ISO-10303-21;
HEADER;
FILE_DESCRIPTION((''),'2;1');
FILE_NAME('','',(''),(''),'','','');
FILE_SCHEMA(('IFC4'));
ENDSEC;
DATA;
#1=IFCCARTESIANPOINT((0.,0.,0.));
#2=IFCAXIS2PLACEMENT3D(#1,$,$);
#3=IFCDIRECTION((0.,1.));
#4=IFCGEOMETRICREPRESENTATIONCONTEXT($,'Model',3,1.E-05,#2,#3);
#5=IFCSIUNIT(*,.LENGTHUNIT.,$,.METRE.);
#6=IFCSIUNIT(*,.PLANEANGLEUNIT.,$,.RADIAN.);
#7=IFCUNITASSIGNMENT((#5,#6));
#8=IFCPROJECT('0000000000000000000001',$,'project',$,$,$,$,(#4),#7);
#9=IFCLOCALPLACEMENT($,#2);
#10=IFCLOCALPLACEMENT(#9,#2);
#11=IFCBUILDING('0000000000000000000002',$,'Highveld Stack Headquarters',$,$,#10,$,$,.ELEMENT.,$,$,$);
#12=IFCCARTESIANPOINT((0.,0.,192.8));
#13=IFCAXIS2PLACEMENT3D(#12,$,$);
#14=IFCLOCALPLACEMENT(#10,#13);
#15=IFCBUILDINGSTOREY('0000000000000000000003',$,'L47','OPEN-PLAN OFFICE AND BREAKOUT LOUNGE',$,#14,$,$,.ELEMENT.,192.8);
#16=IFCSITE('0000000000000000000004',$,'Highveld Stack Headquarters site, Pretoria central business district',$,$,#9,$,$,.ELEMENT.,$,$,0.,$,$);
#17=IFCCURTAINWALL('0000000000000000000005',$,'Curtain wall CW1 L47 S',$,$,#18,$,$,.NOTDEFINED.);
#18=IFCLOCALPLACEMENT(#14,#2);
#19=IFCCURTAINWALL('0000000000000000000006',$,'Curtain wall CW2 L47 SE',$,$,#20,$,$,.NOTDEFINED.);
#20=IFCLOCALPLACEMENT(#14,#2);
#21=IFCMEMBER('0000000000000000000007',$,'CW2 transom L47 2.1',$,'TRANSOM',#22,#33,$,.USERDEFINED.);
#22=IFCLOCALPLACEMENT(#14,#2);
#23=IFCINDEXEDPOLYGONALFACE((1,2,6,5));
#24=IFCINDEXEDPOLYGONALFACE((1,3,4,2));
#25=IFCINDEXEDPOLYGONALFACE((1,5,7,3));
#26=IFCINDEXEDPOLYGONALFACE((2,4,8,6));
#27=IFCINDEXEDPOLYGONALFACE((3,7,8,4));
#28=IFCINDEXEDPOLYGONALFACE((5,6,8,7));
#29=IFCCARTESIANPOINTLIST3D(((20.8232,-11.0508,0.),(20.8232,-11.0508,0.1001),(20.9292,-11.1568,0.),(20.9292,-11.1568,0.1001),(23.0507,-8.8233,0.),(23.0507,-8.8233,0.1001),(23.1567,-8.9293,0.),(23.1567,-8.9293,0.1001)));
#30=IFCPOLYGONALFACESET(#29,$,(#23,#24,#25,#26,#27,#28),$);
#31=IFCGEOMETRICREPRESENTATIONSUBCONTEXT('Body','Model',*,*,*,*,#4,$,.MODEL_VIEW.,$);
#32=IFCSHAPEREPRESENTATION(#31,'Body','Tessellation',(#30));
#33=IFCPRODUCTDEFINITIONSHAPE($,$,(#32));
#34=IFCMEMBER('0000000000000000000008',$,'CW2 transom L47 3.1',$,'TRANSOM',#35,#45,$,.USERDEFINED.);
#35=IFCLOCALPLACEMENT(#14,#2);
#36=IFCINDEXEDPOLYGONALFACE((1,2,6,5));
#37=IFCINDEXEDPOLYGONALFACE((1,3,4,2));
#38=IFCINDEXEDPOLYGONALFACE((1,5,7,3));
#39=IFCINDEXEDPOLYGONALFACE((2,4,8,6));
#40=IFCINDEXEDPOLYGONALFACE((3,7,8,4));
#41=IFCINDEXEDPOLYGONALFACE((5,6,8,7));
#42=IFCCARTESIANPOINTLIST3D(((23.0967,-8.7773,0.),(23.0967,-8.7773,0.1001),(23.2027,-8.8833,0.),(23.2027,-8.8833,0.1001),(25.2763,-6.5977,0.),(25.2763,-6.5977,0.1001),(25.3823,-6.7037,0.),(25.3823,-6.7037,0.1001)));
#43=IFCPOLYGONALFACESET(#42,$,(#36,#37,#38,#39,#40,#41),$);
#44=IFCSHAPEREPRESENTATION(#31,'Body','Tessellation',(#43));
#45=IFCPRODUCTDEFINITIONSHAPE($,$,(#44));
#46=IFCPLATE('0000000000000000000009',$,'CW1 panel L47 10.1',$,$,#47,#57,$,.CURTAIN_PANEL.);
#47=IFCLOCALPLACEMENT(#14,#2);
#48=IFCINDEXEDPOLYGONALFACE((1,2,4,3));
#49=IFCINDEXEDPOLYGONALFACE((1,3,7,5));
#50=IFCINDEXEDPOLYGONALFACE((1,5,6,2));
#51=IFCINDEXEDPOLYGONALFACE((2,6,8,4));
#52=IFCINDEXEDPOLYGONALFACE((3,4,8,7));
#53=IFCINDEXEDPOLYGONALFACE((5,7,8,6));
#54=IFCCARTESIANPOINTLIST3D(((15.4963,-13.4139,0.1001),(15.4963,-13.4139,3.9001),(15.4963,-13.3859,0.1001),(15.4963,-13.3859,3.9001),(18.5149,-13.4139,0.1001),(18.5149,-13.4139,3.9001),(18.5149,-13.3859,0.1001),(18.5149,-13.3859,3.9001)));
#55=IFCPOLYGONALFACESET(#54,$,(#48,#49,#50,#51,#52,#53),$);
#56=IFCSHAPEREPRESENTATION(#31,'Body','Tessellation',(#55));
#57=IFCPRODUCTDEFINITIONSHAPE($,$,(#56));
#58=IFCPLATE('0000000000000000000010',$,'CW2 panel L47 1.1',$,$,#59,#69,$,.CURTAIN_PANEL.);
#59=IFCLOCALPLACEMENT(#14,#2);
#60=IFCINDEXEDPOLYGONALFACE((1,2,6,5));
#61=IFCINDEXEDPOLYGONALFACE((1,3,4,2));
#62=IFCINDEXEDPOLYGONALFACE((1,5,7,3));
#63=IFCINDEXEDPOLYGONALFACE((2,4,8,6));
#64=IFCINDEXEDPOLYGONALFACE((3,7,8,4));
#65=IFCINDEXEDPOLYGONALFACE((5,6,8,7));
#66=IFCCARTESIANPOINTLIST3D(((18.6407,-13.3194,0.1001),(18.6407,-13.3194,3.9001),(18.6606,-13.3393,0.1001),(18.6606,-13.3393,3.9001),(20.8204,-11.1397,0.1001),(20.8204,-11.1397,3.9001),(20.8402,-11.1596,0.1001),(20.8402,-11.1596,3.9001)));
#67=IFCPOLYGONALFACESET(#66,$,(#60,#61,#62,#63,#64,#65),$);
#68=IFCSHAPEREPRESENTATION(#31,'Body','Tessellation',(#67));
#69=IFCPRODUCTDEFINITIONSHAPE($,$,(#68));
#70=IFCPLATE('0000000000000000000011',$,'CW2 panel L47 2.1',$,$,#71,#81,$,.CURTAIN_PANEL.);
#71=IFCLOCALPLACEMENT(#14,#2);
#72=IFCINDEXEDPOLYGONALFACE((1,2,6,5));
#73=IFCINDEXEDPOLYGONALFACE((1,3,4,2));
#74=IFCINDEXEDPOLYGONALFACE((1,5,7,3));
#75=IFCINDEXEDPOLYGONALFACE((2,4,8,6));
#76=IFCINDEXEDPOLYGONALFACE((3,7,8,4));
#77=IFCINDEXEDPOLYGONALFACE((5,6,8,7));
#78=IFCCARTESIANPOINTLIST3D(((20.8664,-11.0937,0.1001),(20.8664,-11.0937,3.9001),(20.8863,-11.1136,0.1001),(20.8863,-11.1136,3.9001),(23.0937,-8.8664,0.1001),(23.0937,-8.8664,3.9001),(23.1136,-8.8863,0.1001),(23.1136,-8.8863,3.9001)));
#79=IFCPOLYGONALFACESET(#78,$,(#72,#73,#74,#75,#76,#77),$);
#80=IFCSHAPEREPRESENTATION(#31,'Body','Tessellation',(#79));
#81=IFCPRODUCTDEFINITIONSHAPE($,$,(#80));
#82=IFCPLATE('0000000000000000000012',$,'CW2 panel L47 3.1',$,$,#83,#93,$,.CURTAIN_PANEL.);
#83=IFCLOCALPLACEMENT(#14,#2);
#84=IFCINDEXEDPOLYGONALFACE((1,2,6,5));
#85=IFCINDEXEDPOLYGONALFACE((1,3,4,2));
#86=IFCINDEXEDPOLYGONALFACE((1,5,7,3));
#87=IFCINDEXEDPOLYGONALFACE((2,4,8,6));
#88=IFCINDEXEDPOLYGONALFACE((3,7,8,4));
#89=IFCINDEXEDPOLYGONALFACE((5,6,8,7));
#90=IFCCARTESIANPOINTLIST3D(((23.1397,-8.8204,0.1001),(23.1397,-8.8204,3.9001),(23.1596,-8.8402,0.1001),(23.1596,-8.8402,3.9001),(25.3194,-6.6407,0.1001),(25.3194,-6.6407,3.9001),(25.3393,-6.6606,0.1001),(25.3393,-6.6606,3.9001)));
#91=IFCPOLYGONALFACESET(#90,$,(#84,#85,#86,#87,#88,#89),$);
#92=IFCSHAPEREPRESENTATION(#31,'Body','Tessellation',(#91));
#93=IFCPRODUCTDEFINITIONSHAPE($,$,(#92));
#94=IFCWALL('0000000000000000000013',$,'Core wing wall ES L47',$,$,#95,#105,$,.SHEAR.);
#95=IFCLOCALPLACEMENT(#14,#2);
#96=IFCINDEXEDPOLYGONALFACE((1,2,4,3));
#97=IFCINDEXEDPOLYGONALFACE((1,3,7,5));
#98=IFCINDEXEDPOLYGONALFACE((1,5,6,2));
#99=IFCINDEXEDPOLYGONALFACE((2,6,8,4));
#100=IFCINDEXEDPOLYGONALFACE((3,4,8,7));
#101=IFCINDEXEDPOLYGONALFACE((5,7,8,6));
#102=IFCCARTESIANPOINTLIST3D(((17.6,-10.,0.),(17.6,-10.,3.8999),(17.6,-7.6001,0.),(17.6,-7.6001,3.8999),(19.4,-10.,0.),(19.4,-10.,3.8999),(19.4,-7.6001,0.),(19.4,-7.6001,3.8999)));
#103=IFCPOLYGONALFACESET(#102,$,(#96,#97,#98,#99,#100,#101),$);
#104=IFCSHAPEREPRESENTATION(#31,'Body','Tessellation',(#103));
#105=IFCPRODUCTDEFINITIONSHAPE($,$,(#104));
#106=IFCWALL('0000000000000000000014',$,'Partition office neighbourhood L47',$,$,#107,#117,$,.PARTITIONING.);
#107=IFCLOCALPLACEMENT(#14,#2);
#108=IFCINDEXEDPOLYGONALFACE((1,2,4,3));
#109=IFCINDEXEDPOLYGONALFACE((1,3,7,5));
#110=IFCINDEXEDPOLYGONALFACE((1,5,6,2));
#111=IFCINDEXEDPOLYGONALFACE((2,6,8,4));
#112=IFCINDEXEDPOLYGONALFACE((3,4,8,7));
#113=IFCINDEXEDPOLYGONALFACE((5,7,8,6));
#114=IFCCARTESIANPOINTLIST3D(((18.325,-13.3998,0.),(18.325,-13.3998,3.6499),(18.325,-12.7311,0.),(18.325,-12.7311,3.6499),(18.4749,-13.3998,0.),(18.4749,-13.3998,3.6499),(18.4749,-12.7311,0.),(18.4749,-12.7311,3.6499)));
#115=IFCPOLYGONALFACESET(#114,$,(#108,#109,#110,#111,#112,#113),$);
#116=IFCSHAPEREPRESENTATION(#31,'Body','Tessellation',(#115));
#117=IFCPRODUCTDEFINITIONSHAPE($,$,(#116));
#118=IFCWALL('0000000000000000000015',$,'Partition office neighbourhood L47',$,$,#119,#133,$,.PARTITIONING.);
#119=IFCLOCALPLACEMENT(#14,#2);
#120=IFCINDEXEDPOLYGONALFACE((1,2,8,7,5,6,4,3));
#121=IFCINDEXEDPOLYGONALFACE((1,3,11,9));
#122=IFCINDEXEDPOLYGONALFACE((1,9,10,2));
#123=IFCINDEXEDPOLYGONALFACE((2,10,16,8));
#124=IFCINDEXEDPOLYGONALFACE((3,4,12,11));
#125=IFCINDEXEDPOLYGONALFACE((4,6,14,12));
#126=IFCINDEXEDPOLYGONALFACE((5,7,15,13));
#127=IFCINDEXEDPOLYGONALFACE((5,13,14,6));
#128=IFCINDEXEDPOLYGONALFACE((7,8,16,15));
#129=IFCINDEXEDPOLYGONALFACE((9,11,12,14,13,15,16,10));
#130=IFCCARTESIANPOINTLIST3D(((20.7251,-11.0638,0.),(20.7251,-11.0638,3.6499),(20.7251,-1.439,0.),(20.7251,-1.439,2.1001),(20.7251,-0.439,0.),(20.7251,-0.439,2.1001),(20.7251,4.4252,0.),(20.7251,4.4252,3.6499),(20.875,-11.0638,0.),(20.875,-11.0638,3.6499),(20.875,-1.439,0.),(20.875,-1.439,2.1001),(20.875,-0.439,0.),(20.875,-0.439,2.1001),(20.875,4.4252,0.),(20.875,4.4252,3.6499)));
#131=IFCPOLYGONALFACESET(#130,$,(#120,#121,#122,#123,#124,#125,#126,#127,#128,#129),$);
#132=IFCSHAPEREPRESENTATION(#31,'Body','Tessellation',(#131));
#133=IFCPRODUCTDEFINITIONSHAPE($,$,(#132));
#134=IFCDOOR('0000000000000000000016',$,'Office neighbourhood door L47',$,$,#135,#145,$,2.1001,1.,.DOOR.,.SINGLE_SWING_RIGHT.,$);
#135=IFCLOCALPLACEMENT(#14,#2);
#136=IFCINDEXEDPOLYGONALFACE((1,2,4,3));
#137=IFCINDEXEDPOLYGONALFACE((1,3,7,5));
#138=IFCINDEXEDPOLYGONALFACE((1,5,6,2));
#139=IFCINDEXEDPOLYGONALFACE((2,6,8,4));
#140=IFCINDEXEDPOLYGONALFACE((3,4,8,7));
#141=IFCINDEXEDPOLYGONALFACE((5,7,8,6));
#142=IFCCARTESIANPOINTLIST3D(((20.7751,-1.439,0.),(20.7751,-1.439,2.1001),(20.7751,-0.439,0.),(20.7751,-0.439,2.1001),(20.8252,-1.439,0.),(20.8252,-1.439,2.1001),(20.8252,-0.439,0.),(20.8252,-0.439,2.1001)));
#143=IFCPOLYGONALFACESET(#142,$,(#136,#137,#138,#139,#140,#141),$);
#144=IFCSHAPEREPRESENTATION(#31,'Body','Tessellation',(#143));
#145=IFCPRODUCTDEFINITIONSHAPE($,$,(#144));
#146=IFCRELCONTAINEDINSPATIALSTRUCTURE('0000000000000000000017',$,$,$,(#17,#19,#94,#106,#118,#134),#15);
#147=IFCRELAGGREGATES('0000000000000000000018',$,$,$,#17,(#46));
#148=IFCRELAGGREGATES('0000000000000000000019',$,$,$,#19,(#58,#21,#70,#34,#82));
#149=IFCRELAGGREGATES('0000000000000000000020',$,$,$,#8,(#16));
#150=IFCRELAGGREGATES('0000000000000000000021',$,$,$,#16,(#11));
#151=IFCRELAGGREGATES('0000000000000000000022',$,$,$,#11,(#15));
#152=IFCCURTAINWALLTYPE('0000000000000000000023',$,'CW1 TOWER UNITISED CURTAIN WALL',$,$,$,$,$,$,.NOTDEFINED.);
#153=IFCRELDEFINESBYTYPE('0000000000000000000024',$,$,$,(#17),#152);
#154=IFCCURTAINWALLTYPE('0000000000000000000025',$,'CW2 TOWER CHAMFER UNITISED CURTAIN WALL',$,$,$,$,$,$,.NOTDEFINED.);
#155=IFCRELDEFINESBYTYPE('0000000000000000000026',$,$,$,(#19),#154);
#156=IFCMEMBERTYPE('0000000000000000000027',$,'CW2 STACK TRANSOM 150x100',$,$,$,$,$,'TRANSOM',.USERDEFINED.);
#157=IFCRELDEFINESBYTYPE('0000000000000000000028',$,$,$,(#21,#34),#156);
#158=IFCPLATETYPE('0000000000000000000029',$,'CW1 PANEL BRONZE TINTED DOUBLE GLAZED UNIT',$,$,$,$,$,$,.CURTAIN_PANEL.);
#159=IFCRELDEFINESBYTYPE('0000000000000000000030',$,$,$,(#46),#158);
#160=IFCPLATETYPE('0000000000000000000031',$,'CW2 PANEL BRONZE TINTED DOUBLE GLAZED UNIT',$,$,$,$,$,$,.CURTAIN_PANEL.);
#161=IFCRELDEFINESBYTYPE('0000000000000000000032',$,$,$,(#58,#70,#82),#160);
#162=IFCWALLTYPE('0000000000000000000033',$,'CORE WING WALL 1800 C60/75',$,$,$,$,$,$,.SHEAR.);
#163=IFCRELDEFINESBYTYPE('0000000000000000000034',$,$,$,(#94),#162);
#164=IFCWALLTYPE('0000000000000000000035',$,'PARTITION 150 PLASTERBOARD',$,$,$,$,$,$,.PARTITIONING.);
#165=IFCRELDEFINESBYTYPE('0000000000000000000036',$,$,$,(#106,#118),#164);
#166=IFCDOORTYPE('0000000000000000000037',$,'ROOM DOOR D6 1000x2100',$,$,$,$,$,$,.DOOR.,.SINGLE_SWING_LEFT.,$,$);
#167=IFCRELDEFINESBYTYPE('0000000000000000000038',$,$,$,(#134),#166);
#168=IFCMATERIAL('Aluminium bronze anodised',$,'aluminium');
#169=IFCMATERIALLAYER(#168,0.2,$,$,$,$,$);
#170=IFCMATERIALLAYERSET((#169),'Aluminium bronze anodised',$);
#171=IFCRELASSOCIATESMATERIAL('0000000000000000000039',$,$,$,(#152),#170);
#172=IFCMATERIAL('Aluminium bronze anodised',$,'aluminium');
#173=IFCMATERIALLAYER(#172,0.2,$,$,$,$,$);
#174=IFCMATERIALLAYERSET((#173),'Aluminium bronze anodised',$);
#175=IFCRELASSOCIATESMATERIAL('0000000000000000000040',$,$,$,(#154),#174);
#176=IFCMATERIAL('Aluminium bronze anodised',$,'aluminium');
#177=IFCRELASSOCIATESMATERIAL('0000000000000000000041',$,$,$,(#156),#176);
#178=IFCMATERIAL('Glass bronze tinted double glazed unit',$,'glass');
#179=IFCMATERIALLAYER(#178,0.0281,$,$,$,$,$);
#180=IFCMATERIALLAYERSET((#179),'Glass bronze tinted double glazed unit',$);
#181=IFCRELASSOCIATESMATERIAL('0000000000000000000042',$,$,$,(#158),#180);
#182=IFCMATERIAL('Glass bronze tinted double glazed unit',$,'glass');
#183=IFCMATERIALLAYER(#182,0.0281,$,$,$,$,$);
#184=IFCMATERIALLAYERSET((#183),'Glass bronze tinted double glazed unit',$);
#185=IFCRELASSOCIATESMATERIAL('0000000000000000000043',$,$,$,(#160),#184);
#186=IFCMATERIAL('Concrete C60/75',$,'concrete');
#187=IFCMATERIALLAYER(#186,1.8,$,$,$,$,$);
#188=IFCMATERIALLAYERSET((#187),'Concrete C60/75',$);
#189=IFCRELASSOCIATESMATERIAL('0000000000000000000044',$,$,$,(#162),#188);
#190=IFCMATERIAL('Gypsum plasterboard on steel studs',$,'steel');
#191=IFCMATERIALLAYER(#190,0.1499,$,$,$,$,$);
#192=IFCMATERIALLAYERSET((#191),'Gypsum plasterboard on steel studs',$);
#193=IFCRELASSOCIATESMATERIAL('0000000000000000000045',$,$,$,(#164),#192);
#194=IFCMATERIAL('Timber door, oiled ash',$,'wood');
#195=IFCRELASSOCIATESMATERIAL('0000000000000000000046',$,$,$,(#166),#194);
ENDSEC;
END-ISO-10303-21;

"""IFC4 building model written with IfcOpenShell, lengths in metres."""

from ifc_helpers import new_model, si_unit, direction, frame, frame_2d, origin, origin_2d, place, context, subcontext, project, spatial, rectangle, extrude, material, layer, layer_set, material_profile, profile_set, type_object, element, fill, aggregate, save


model = new_model("IFC4")

# Units and contexts
model_context = context("Model", 3, precision=1e-05, world=origin(), true_north=direction((0.0, 1.0)))
body_context = subcontext(model_context, "Body", "Model", "MODEL_VIEW")
ifc_project = project(units=[si_unit("LENGTHUNIT", "METRE"), si_unit("PLANEANGLEUNIT", "RADIAN")], contexts=[model_context])

# Site, building, storey
site_placement = place(None, origin())
site = spatial("IfcSite", under=ifc_project, at=site_placement, Name="Highveld Stack Headquarters site, Pretoria central business district", CompositionType="ELEMENT", RefElevation=0.0)
building_placement = place(site_placement, origin())
building = spatial("IfcBuilding", under=site, at=building_placement, Name="Highveld Stack Headquarters", CompositionType="ELEMENT")
storey_placement = place(building_placement, frame((0.0, 0.0, 192.8)))
storey = spatial("IfcBuildingStorey", under=building, at=storey_placement, Name="L47", Description="OPEN-PLAN OFFICE AND BREAKOUT LOUNGE", CompositionType="ELEMENT", Elevation=192.8)

# Curtain wall
ifc_material_1 = material(Name="Aluminium bronze anodised", Category="aluminium")
ifc_layer_1 = layer(ifc_material_1, 0.2)
ifc_layer_set_1 = layer_set([ifc_layer_1], Name="Aluminium bronze anodised")
curtain_wall_type_1 = type_object("IfcCurtainWallType", Name="CW1 TOWER UNITISED CURTAIN WALL", PredefinedType="NOTDEFINED", material=ifc_layer_set_1)
curtain_wall_1_placement = place(storey_placement, origin())
curtain_wall_1 = element("IfcCurtainWall", 1, at=curtain_wall_1_placement, inside=storey, type_object=curtain_wall_type_1, Name="Curtain wall CW1 L47 S", PredefinedType="NOTDEFINED")

# Curtain wall, members
ifc_material_2 = material(Name="Aluminium bronze anodised", Category="aluminium")
ifc_layer_2 = layer(ifc_material_2, 0.2)
ifc_layer_set_2 = layer_set([ifc_layer_2], Name="Aluminium bronze anodised")
curtain_wall_type_2 = type_object("IfcCurtainWallType", Name="CW2 TOWER CHAMFER UNITISED CURTAIN WALL", PredefinedType="NOTDEFINED", material=ifc_layer_set_2)
curtain_wall_2_placement = place(storey_placement, origin())
curtain_wall_2 = element("IfcCurtainWall", 2, at=curtain_wall_2_placement, inside=storey, type_object=curtain_wall_type_2, Name="Curtain wall CW2 L47 SE", PredefinedType="NOTDEFINED")
ifc_material_3 = material(Name="Aluminium bronze anodised", Category="aluminium")
ifc_material_profile_1 = material_profile(ifc_material_3, rectangle(XDim=0.1499, YDim=0.1001, at=origin_2d()), Name="CW2 TRANSOM 150x100")
ifc_profile_set_1 = profile_set([ifc_material_profile_1], Name="Aluminium bronze anodised")
member_type_1 = type_object("IfcMemberType", Name="CW2 STACK TRANSOM 150x100", ElementType="TRANSOM", PredefinedType="USERDEFINED", material=ifc_profile_set_1)
member_1_placement = place(storey_placement, frame((20.8762, -11.1038, 0.05), z_axis=(0.707107, 0.707107, 0.0), x_axis=(-0.707107, 0.707107, 0.0)))
member_1 = element("IfcMember", 3, at=member_1_placement, type_object=member_type_1, Name="CW2 transom L47 2.1", ObjectType="TRANSOM", PredefinedType="USERDEFINED", context=body_context, shape_type="SweptSolid", body=[
    extrude(rectangle(XDim=0.1499, YDim=0.1001, at=origin_2d()), origin(), (0.0, 0.0, 1.0), 3.1501),
])
member_2_placement = place(storey_placement, frame((23.1497, -8.8303, 0.05), z_axis=(0.707107, 0.707107, 0.0), x_axis=(-0.707107, 0.707107, 0.0)))
member_2 = element("IfcMember", 4, at=member_2_placement, type_object=member_type_1, Name="CW2 transom L47 3.1", ObjectType="TRANSOM", PredefinedType="USERDEFINED", context=body_context, shape_type="SweptSolid", body=[
    extrude(rectangle(XDim=0.1499, YDim=0.1001, at=origin_2d()), origin(), (0.0, 0.0, 1.0), 3.0825),
])

# Plates
ifc_material_4 = material(Name="Glass bronze tinted double glazed unit", Category="glass")
ifc_layer_3 = layer(ifc_material_4, 0.0281)
ifc_layer_set_3 = layer_set([ifc_layer_3], Name="Glass bronze tinted double glazed unit")
plate_type_1 = type_object("IfcPlateType", Name="CW1 PANEL BRONZE TINTED DOUBLE GLAZED UNIT", PredefinedType="CURTAIN_PANEL", material=ifc_layer_set_3)
plate_1_placement = place(storey_placement, frame((17.0056, -13.3999, 0.1001), z_axis=(0.0, 0.0, 1.0), x_axis=(1.0, 0.0, 0.0)))
plate_1 = element("IfcPlate", 5, at=plate_1_placement, type_object=plate_type_1, Name="CW1 panel L47 10.1", PredefinedType="CURTAIN_PANEL", context=body_context, shape_type="SweptSolid", body=[
    extrude(rectangle(XDim=3.0186, YDim=0.0281, at=origin_2d()), origin(), (0.0, 0.0, 1.0), 3.8),
])
aggregate(curtain_wall_1, [plate_1])
ifc_material_5 = material(Name="Glass bronze tinted double glazed unit", Category="glass")
ifc_layer_4 = layer(ifc_material_5, 0.0281)
ifc_layer_set_4 = layer_set([ifc_layer_4], Name="Glass bronze tinted double glazed unit")
plate_type_2 = type_object("IfcPlateType", Name="CW2 PANEL BRONZE TINTED DOUBLE GLAZED UNIT", PredefinedType="CURTAIN_PANEL", material=ifc_layer_set_4)
plate_2_placement = place(storey_placement, frame((19.7405, -12.2395, 0.1001), z_axis=(0.0, 0.0, 1.0), x_axis=(0.707107, 0.707107, 0.0)))
plate_2 = element("IfcPlate", 6, at=plate_2_placement, type_object=plate_type_2, Name="CW2 panel L47 1.1", PredefinedType="CURTAIN_PANEL", context=body_context, shape_type="SweptSolid", body=[
    extrude(rectangle(XDim=3.0825, YDim=0.0281, at=origin_2d()), origin(), (0.0, 0.0, 1.0), 3.8),
])
plate_3_placement = place(storey_placement, frame((21.99, -9.99, 0.1001), z_axis=(0.0, 0.0, 1.0), x_axis=(0.707107, 0.707107, 0.0)))
plate_3 = element("IfcPlate", 7, at=plate_3_placement, type_object=plate_type_2, Name="CW2 panel L47 2.1", PredefinedType="CURTAIN_PANEL", context=body_context, shape_type="SweptSolid", body=[
    extrude(rectangle(XDim=3.1499, YDim=0.0281, at=origin_2d()), origin(), (0.0, 0.0, 1.0), 3.8),
])
plate_4_placement = place(storey_placement, frame((24.2395, -7.7405, 0.1001), z_axis=(0.0, 0.0, 1.0), x_axis=(0.707107, 0.707107, 0.0)))
plate_4 = element("IfcPlate", 8, at=plate_4_placement, type_object=plate_type_2, Name="CW2 panel L47 3.1", PredefinedType="CURTAIN_PANEL", context=body_context, shape_type="SweptSolid", body=[
    extrude(rectangle(XDim=3.0825, YDim=0.0281, at=origin_2d()), origin(), (0.0, 0.0, 1.0), 3.8),
])
aggregate(curtain_wall_2, [plate_2, member_1, plate_3, member_2, plate_4])

# Walls
ifc_material_6 = material(Name="Concrete C60/75", Category="concrete")
ifc_layer_5 = layer(ifc_material_6, 1.8)
ifc_layer_set_5 = layer_set([ifc_layer_5], Name="Concrete C60/75")
wall_type_1 = type_object("IfcWallType", Name="CORE WING WALL 1800 C60/75", PredefinedType="SHEAR", material=ifc_layer_set_5)
wall_1_placement = place(storey_placement, frame((18.5, -10.0, 0.0), z_axis=(0.0, 0.0, 1.0), x_axis=(0.0, 1.0, 0.0)))
element("IfcWall", 9, at=wall_1_placement, inside=storey, type_object=wall_type_1, Name="Core wing wall ES L47", PredefinedType="SHEAR", context=body_context, shape_type="SweptSolid", body=[
    extrude(rectangle(XDim=2.3999, YDim=1.8, at=frame_2d((1.2, 0.0))), origin(), (0.0, 0.0, 1.0), 3.8999),
])
ifc_material_7 = material(Name="Gypsum plasterboard on steel studs", Category="steel")
ifc_layer_6 = layer(ifc_material_7, 0.1499)
ifc_layer_set_6 = layer_set([ifc_layer_6], Name="Gypsum plasterboard on steel studs")
wall_type_2 = type_object("IfcWallType", Name="PARTITION 150 PLASTERBOARD", PredefinedType="PARTITIONING", material=ifc_layer_set_6)
wall_2_placement = place(storey_placement, frame((18.3999, -13.3999, 0.0), z_axis=(0.0, 0.0, 1.0), x_axis=(0.0, 1.0, 0.0)))
element("IfcWall", 10, at=wall_2_placement, inside=storey, type_object=wall_type_2, Name="Partition office neighbourhood L47", PredefinedType="PARTITIONING", context=body_context, shape_type="SweptSolid", body=[
    extrude(rectangle(XDim=0.6687, YDim=0.1499, at=frame_2d((0.3345, 0.0))), origin(), (0.0, 0.0, 1.0), 3.6499),
])

# Wall, opening, door
wall_3_placement = place(storey_placement, frame((20.8, -11.064, 0.0), z_axis=(0.0, 0.0, 1.0), x_axis=(0.0, 1.0, 0.0)))
wall_3 = element("IfcWall", 11, at=wall_3_placement, inside=storey, type_object=wall_type_2, Name="Partition office neighbourhood L47", PredefinedType="PARTITIONING", context=body_context, shape_type="SweptSolid", body=[
    extrude(rectangle(XDim=15.489, YDim=0.1499, at=frame_2d((7.7446, 0.0))), origin(), (0.0, 0.0, 1.0), 3.6499),
])
opening_1_placement = place(wall_3_placement, frame((9.625, 0.0, 0.0)))
opening_1 = element("IfcOpeningElement", 12, at=opening_1_placement, cuts=wall_3, PredefinedType="OPENING", context=body_context, shape_type="SweptSolid", body=[
    extrude(rectangle(XDim=1.0, YDim=2.1001, at=frame_2d((0.5, 1.05))), frame((0.0, 0.085, 0.0), z_axis=(0.0, -1.0, 0.0), x_axis=(1.0, 0.0, 0.0)), (0.0, 0.0, 1.0), 0.1699),
])
ifc_material_8 = material(Name="Timber door, oiled ash", Category="wood")
door_type_1 = type_object("IfcDoorType", Name="ROOM DOOR D6 1000x2100", OperationType="SINGLE_SWING_LEFT", PredefinedType="DOOR", material=ifc_material_8)
door_1_placement = place(opening_1_placement, origin())
door_1 = element("IfcDoor", 13, at=door_1_placement, inside=storey, type_object=door_type_1, Name="Office neighbourhood door L47", OperationType="SINGLE_SWING_RIGHT", OverallHeight=2.1001, OverallWidth=1.0, PredefinedType="DOOR", context=body_context, shape_type="SweptSolid", body=[
    extrude(rectangle(XDim=1.0, YDim=2.1001, at=frame_2d((0.5, 1.05))), frame((0.0, 0.0249, 0.0), z_axis=(0.0, -1.0, 0.0), x_axis=(1.0, 0.0, 0.0)), (0.0, 0.0, 1.0), 0.05),
])
fill(opening_1, door_1)

save(model, "model.ifc")
